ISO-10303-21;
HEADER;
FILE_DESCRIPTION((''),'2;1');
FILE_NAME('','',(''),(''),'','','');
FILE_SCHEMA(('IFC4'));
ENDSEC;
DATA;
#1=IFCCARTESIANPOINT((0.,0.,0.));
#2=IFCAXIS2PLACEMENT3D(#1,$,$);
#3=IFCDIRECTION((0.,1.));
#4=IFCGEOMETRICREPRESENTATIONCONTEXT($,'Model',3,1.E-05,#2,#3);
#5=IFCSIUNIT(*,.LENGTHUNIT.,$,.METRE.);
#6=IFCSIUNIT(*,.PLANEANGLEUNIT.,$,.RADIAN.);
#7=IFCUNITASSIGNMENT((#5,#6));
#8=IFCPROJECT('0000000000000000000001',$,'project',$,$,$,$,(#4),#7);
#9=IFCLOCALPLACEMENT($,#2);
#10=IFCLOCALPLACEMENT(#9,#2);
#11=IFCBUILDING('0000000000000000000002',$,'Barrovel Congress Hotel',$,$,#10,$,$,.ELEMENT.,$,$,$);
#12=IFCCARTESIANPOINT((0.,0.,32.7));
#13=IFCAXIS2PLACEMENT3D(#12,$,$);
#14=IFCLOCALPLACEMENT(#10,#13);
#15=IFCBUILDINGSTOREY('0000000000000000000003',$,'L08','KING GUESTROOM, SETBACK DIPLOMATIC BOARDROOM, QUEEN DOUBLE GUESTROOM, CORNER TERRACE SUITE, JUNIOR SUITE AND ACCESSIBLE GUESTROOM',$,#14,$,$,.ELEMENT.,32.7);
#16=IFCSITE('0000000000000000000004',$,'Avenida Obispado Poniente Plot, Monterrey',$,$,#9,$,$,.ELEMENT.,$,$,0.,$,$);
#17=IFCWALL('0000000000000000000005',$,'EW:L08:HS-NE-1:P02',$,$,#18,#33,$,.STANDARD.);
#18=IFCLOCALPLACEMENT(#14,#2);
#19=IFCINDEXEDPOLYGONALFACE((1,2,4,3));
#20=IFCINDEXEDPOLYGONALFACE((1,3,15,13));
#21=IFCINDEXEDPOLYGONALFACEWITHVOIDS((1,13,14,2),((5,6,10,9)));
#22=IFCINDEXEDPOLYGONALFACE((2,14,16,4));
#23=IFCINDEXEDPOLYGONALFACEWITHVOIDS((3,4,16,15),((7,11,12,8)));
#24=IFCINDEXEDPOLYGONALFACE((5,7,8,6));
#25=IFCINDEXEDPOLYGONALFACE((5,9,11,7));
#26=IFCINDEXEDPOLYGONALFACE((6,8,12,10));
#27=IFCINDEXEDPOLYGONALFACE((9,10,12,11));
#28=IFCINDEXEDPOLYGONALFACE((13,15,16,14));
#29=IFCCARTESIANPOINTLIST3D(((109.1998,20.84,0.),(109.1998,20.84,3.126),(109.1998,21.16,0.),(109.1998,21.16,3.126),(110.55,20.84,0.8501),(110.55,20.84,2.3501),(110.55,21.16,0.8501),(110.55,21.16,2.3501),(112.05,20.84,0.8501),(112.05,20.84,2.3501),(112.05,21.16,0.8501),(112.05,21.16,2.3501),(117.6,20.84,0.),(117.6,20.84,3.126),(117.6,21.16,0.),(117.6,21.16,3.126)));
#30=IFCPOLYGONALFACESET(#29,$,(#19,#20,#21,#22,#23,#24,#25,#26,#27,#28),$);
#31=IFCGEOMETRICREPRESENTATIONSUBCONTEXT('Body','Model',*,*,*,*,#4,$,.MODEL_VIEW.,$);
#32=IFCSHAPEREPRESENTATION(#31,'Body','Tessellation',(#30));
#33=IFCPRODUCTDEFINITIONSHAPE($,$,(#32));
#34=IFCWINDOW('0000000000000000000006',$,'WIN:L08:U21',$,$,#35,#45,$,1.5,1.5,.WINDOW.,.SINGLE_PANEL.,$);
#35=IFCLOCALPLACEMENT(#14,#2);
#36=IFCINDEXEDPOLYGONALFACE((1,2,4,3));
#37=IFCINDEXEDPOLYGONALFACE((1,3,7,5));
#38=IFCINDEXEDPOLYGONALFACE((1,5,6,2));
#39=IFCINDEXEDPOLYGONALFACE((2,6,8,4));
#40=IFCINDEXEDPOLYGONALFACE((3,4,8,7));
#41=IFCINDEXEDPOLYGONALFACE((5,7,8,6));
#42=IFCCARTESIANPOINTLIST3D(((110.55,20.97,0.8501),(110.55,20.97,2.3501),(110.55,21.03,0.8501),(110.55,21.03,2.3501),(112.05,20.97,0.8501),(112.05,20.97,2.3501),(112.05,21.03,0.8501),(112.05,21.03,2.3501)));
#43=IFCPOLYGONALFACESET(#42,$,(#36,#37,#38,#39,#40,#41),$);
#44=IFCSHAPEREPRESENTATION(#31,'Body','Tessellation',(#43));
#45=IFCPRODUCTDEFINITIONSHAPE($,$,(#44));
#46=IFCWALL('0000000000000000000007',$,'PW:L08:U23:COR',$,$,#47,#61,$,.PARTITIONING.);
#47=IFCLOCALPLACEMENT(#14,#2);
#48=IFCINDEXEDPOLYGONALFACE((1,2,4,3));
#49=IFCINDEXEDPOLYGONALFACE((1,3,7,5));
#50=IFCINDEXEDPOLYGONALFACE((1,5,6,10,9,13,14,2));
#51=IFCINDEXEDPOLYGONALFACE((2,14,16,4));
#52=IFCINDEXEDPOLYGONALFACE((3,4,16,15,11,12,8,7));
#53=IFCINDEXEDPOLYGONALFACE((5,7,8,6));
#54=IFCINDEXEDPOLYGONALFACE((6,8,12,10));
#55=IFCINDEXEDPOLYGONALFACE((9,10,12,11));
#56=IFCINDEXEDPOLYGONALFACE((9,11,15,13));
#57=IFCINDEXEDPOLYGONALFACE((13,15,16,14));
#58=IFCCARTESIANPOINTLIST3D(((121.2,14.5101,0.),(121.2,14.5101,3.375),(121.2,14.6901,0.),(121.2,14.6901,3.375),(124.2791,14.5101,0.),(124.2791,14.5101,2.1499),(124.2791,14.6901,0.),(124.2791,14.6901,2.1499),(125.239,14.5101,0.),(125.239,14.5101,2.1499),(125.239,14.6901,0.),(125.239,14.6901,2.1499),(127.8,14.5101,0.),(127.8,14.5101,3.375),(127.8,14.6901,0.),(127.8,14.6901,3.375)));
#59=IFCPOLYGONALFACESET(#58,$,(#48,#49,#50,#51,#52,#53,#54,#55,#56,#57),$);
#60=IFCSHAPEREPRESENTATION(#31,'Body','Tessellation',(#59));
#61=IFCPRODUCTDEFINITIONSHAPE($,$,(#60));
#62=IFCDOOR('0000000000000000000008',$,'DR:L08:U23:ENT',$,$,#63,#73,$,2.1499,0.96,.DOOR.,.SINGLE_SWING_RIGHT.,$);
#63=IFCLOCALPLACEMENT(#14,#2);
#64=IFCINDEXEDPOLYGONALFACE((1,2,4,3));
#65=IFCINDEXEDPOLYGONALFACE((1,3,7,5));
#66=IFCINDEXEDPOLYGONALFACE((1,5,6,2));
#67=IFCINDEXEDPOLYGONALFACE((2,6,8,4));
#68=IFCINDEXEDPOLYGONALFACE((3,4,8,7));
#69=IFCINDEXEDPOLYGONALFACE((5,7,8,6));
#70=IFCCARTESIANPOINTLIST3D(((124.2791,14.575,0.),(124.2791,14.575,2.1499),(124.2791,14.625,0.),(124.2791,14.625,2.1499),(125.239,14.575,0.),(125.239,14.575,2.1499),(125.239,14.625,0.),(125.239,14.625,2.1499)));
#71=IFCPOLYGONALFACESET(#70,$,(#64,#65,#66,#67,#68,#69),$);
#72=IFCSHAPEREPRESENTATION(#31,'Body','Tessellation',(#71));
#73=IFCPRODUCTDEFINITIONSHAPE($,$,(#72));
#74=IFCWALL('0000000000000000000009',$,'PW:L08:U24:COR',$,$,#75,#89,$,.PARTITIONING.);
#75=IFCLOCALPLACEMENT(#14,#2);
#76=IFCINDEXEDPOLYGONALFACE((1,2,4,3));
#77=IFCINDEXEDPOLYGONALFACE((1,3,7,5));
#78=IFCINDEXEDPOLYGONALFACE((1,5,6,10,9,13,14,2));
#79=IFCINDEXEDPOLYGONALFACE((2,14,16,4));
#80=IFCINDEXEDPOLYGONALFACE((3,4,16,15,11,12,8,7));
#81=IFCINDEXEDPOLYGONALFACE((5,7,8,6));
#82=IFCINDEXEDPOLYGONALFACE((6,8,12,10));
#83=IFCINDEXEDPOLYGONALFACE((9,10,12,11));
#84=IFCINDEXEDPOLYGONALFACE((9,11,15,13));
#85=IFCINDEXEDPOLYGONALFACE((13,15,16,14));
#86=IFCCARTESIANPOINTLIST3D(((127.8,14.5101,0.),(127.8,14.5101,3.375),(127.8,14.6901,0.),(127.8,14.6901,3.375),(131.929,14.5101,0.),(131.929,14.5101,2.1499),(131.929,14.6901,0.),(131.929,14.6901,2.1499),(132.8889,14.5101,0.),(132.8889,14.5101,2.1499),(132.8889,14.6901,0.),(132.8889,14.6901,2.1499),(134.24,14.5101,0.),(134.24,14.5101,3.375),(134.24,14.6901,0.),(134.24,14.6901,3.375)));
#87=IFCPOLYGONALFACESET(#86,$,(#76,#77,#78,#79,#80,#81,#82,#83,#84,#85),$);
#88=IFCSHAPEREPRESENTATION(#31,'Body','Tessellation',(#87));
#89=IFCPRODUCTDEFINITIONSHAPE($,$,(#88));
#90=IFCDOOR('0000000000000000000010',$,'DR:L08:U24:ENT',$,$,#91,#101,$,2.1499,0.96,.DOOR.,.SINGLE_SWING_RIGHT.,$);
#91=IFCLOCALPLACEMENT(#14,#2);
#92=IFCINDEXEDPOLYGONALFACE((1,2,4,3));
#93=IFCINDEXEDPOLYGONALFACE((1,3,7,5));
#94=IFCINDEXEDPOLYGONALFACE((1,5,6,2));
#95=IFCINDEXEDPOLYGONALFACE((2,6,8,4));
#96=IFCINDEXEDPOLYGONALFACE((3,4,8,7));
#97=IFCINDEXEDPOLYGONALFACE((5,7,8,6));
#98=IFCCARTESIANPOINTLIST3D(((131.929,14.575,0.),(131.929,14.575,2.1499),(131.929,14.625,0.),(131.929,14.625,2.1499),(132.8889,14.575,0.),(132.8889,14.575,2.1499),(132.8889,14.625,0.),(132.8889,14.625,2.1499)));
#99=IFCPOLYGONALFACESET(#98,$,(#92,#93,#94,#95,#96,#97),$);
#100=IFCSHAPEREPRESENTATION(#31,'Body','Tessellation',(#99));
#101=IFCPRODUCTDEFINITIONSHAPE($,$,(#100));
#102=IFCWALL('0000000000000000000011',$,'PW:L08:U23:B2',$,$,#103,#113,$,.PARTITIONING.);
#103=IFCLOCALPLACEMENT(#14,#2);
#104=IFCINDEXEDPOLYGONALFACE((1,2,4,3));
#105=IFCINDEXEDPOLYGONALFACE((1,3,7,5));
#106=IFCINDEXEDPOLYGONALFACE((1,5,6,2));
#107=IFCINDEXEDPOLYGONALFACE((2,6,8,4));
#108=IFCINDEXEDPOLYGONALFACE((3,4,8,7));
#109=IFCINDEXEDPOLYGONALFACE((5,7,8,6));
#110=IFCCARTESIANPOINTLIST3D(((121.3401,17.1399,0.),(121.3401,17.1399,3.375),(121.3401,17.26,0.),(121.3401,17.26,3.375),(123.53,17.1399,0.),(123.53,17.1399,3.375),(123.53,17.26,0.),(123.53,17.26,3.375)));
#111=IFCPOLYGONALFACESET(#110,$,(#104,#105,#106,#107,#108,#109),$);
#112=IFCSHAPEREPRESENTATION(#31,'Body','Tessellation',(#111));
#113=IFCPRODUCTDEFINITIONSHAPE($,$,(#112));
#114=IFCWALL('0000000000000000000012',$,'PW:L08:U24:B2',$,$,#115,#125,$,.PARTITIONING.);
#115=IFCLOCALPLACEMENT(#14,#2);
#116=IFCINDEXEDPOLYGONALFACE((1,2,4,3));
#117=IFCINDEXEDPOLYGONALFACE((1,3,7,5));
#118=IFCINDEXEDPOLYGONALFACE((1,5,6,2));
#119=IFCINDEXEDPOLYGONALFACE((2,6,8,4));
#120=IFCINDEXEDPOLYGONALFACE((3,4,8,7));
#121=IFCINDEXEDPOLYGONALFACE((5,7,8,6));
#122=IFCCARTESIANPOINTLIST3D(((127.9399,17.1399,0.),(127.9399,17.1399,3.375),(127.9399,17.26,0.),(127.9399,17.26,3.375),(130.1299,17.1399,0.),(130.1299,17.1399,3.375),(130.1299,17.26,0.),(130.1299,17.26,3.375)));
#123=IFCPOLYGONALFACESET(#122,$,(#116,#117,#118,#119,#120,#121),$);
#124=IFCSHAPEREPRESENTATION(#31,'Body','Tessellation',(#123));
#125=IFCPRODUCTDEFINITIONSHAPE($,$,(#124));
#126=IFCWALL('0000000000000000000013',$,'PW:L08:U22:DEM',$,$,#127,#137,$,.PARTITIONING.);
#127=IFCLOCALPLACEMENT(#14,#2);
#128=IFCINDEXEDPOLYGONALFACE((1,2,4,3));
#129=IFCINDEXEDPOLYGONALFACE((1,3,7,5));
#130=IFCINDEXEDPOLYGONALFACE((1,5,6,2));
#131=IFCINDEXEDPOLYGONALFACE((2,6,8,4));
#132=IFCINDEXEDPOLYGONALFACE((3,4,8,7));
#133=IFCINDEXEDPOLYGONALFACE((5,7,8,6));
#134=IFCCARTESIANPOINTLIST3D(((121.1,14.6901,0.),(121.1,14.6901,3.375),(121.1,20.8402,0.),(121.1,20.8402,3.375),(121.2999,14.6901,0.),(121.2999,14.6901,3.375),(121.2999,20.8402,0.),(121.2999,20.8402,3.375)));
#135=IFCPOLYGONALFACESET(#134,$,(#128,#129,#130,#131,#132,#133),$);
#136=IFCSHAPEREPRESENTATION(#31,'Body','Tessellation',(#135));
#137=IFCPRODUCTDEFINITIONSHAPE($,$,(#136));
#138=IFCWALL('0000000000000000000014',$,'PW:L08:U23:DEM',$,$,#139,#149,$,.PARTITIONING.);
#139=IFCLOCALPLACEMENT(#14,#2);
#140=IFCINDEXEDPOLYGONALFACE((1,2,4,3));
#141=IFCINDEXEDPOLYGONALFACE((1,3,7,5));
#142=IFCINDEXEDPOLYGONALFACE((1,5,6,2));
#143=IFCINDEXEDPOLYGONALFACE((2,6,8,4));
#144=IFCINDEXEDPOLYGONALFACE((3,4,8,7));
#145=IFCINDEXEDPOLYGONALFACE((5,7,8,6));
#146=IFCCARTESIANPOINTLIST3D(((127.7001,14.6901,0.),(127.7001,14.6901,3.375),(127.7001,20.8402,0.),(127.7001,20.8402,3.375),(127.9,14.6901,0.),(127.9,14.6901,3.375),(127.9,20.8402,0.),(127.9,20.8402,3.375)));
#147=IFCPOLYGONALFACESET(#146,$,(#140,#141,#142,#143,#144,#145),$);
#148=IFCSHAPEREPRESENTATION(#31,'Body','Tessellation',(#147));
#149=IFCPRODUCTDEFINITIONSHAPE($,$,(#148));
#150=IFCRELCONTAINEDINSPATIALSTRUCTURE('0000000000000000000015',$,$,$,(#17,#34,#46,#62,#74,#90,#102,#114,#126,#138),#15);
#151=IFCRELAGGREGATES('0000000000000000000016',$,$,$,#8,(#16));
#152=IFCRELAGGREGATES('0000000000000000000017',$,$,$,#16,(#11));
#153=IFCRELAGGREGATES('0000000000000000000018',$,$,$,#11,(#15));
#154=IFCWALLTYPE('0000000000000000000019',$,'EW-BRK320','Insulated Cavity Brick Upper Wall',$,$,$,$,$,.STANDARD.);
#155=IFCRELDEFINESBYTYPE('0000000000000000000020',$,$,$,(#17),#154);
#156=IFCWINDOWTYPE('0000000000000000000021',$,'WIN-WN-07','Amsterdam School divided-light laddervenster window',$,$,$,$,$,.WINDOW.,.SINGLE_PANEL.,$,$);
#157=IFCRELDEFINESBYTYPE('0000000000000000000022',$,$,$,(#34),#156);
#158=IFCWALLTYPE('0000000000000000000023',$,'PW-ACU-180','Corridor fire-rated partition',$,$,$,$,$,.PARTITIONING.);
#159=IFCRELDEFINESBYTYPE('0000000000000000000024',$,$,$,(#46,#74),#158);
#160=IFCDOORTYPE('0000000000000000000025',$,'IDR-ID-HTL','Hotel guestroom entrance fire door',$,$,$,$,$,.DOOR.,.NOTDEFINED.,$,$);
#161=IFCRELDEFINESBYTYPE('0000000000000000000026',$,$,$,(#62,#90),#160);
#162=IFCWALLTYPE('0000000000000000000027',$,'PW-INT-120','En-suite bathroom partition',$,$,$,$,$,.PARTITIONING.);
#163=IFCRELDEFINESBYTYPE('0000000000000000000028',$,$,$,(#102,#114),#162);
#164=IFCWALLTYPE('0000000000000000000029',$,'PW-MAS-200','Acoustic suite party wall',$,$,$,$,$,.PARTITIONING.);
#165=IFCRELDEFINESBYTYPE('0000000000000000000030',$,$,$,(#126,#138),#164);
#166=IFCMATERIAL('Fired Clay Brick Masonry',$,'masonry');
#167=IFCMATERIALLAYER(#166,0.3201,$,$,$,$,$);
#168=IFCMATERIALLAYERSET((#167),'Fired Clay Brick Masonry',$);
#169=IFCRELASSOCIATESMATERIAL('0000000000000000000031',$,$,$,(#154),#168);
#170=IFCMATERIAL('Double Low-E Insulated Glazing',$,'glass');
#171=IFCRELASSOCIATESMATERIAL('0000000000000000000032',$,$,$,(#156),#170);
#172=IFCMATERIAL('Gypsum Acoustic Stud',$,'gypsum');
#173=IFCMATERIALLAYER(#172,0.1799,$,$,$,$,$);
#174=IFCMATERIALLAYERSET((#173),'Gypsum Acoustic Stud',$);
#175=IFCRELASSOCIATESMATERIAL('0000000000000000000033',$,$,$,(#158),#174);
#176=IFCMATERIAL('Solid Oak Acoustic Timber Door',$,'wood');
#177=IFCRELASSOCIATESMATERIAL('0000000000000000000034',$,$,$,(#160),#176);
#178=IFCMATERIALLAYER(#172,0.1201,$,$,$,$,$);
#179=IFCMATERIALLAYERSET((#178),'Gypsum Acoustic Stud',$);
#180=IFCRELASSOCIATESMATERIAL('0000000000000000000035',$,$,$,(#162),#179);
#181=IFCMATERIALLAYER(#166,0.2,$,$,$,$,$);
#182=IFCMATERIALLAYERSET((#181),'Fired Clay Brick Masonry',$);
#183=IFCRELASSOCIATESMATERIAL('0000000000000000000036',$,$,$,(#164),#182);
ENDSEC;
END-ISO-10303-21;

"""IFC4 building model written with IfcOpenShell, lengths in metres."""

from ifc_helpers import new_model, si_unit, direction, frame, frame_2d, origin, place, context, subcontext, project, spatial, rectangle, extrude, material, layer, layer_set, type_object, element, fill, save


model = new_model("IFC4")

# Units and contexts
model_context = context("Model", 3, precision=1e-05, world=origin(), true_north=direction((0.0, 1.0)))
body_context = subcontext(model_context, "Body", "Model", "MODEL_VIEW")
ifc_project = project(units=[si_unit("LENGTHUNIT", "METRE"), si_unit("PLANEANGLEUNIT", "RADIAN")], contexts=[model_context])

# Site, building, storey
site_placement = place(None, origin())
site = spatial("IfcSite", under=ifc_project, at=site_placement, Name="Avenida Obispado Poniente Plot, Monterrey", CompositionType="ELEMENT", RefElevation=0.0)
building_placement = place(site_placement, origin())
building = spatial("IfcBuilding", under=site, at=building_placement, Name="Barrovel Congress Hotel", CompositionType="ELEMENT")
storey_placement = place(building_placement, frame((0.0, 0.0, 32.7)))
storey = spatial("IfcBuildingStorey", under=building, at=storey_placement, Name="L08", Description="KING GUESTROOM, SETBACK DIPLOMATIC BOARDROOM, QUEEN DOUBLE GUESTROOM, CORNER TERRACE SUITE, JUNIOR SUITE AND ACCESSIBLE GUESTROOM", CompositionType="ELEMENT", Elevation=32.7)

# Wall, opening, window
ifc_material_1 = material(Name="Fired Clay Brick Masonry", Category="masonry")
ifc_layer_1 = layer(ifc_material_1, 0.3201)
ifc_layer_set_1 = layer_set([ifc_layer_1], Name="Fired Clay Brick Masonry")
wall_type_1 = type_object("IfcWallType", Name="EW-BRK320", Description="Insulated Cavity Brick Upper Wall", PredefinedType="STANDARD", material=ifc_layer_set_1)
wall_1_placement = place(storey_placement, frame((117.6001, 21.0, 0.0), z_axis=(0.0, 0.0, 1.0), x_axis=(-1.0, 0.0, 0.0)))
wall_1 = element("IfcWall", 1, at=wall_1_placement, inside=storey, type_object=wall_type_1, Name="EW:L08:HS-NE-1:P02", PredefinedType="STANDARD", context=body_context, shape_type="SweptSolid", body=[
    extrude(rectangle(XDim=8.4001, YDim=0.3201, at=frame_2d((4.2002, 0.0))), origin(), (0.0, 0.0, 1.0), 3.126),
])
opening_1_placement = place(wall_1_placement, frame((5.55, 0.0, 0.8501)))
opening_1 = element("IfcOpeningElement", 2, at=opening_1_placement, cuts=wall_1, PredefinedType="OPENING", context=body_context, shape_type="SweptSolid", body=[
    extrude(rectangle(XDim=1.5, YDim=1.5, at=frame_2d((0.75, 0.75))), frame((0.0, 0.1699, 0.0), z_axis=(0.0, -1.0, 0.0), x_axis=(1.0, 0.0, 0.0)), (0.0, 0.0, 1.0), 0.3401),
])
ifc_material_2 = material(Name="Double Low-E Insulated Glazing", Category="glass")
window_type = type_object("IfcWindowType", Name="WIN-WN-07", Description="Amsterdam School divided-light laddervenster window", PartitioningType="SINGLE_PANEL", PredefinedType="WINDOW", material=ifc_material_2)
window_placement = place(opening_1_placement, origin())
window = element("IfcWindow", 3, at=window_placement, inside=storey, type_object=window_type, Name="WIN:L08:U21", OverallHeight=1.5, OverallWidth=1.5, PartitioningType="SINGLE_PANEL", PredefinedType="WINDOW", context=body_context, shape_type="SweptSolid", body=[
    extrude(rectangle(XDim=1.5, YDim=1.5, at=frame_2d((0.75, 0.75))), frame((0.0, 0.03, 0.0), z_axis=(0.0, -1.0, 0.0), x_axis=(1.0, 0.0, 0.0)), (0.0, 0.0, 1.0), 0.0601),
])
fill(opening_1, window)

# Walls, openings, doors
ifc_material_3 = material(Name="Gypsum Acoustic Stud", Category="gypsum")
ifc_layer_2 = layer(ifc_material_3, 0.1799)
ifc_layer_set_2 = layer_set([ifc_layer_2], Name="Gypsum Acoustic Stud")
wall_type_2 = type_object("IfcWallType", Name="PW-ACU-180", Description="Corridor fire-rated partition", PredefinedType="PARTITIONING", material=ifc_layer_set_2)
wall_2_placement = place(storey_placement, frame((121.2, 14.6001, 0.0), z_axis=(0.0, 0.0, 1.0), x_axis=(1.0, 0.0, 0.0)))
wall_2 = element("IfcWall", 4, at=wall_2_placement, inside=storey, type_object=wall_type_2, Name="PW:L08:U23:COR", PredefinedType="PARTITIONING", context=body_context, shape_type="SweptSolid", body=[
    extrude(rectangle(XDim=6.6001, YDim=0.1799, at=frame_2d((3.3, 0.0))), origin(), (0.0, 0.0, 1.0), 3.375),
])
opening_2_placement = place(wall_2_placement, frame((3.0791, 0.0, 0.0)))
opening_2 = element("IfcOpeningElement", 5, at=opening_2_placement, cuts=wall_2, PredefinedType="OPENING", context=body_context, shape_type="SweptSolid", body=[
    extrude(rectangle(XDim=0.96, YDim=2.1499, at=frame_2d((0.48, 1.075))), frame((0.0, 0.1001, 0.0), z_axis=(0.0, -1.0, 0.0), x_axis=(1.0, 0.0, 0.0)), (0.0, 0.0, 1.0), 0.2),
])
ifc_material_4 = material(Name="Solid Oak Acoustic Timber Door", Category="wood")
door_type_1 = type_object("IfcDoorType", Name="IDR-ID-HTL", Description="Hotel guestroom entrance fire door", OperationType="NOTDEFINED", PredefinedType="DOOR", material=ifc_material_4)
door_1_placement = place(opening_2_placement, origin())
door_1 = element("IfcDoor", 6, at=door_1_placement, inside=storey, type_object=door_type_1, Name="DR:L08:U23:ENT", OperationType="SINGLE_SWING_RIGHT", OverallHeight=2.1499, OverallWidth=0.96, PredefinedType="DOOR", context=body_context, shape_type="SweptSolid", body=[
    extrude(rectangle(XDim=0.96, YDim=2.1499, at=frame_2d((0.48, 1.075))), frame((0.0, 0.0249, 0.0), z_axis=(0.0, -1.0, 0.0), x_axis=(1.0, 0.0, 0.0)), (0.0, 0.0, 1.0), 0.05),
])
fill(opening_2, door_1)
wall_3_placement = place(storey_placement, frame((127.8, 14.6001, 0.0), z_axis=(0.0, 0.0, 1.0), x_axis=(1.0, 0.0, 0.0)))
wall_3 = element("IfcWall", 7, at=wall_3_placement, inside=storey, type_object=wall_type_2, Name="PW:L08:U24:COR", PredefinedType="PARTITIONING", context=body_context, shape_type="SweptSolid", body=[
    extrude(rectangle(XDim=6.4399, YDim=0.1799, at=frame_2d((3.22, 0.0))), origin(), (0.0, 0.0, 1.0), 3.375),
])
opening_3_placement = place(wall_3_placement, frame((4.1289, 0.0, 0.0)))
opening_3 = element("IfcOpeningElement", 8, at=opening_3_placement, cuts=wall_3, PredefinedType="OPENING", context=body_context, shape_type="SweptSolid", body=[
    extrude(rectangle(XDim=0.96, YDim=2.1499, at=frame_2d((0.48, 1.075))), frame((0.0, 0.1001, 0.0), z_axis=(0.0, -1.0, 0.0), x_axis=(1.0, 0.0, 0.0)), (0.0, 0.0, 1.0), 0.2),
])
door_2_placement = place(opening_3_placement, origin())
door_2 = element("IfcDoor", 9, at=door_2_placement, inside=storey, type_object=door_type_1, Name="DR:L08:U24:ENT", OperationType="SINGLE_SWING_RIGHT", OverallHeight=2.1499, OverallWidth=0.96, PredefinedType="DOOR", context=body_context, shape_type="SweptSolid", body=[
    extrude(rectangle(XDim=0.96, YDim=2.1499, at=frame_2d((0.48, 1.075))), frame((0.0, 0.0249, 0.0), z_axis=(0.0, -1.0, 0.0), x_axis=(1.0, 0.0, 0.0)), (0.0, 0.0, 1.0), 0.05),
])
fill(opening_3, door_2)

# Walls
ifc_layer_3 = layer(ifc_material_3, 0.1201)
ifc_layer_set_3 = layer_set([ifc_layer_3], Name="Gypsum Acoustic Stud")
wall_type_3 = type_object("IfcWallType", Name="PW-INT-120", Description="En-suite bathroom partition", PredefinedType="PARTITIONING", material=ifc_layer_set_3)
for number, where, z_axis, x_axis, name in (
    (10, (121.3401, 17.2, 0.0), (0.0, 0.0, 1.0), (1.0, 0.0, 0.0), "PW:L08:U23:B2"),
    (11, (127.9399, 17.2, 0.0), (0.0, 0.0, 1.0), (1.0, 0.0, 0.0), "PW:L08:U24:B2"),
):
    element("IfcWall", number, at=place(storey_placement, frame(where, z_axis=z_axis, x_axis=x_axis)), inside=storey, type_object=wall_type_3, Name=name, PredefinedType="PARTITIONING", context=body_context, shape_type="SweptSolid", body=[
        extrude(rectangle(XDim=2.1899, YDim=0.1201, at=frame_2d((1.095, 0.0))), origin(), (0.0, 0.0, 1.0), 3.375),
    ])
ifc_layer_4 = layer(ifc_material_1, 0.2)
ifc_layer_set_4 = layer_set([ifc_layer_4], Name="Fired Clay Brick Masonry")
wall_type_4 = type_object("IfcWallType", Name="PW-MAS-200", Description="Acoustic suite party wall", PredefinedType="PARTITIONING", material=ifc_layer_set_4)
for number, where, z_axis, x_axis, name in (
    (12, (121.2, 14.6899, 0.0), (0.0, 0.0, 1.0), (0.0, 1.0, 0.0), "PW:L08:U22:DEM"),
    (13, (127.8, 14.6899, 0.0), (0.0, 0.0, 1.0), (0.0, 1.0, 0.0), "PW:L08:U23:DEM"),
):
    element("IfcWall", number, at=place(storey_placement, frame(where, z_axis=z_axis, x_axis=x_axis)), inside=storey, type_object=wall_type_4, Name=name, PredefinedType="PARTITIONING", context=body_context, shape_type="SweptSolid", body=[
        extrude(rectangle(XDim=6.1501, YDim=0.2, at=frame_2d((3.0752, 0.0))), origin(), (0.0, 0.0, 1.0), 3.375),
    ])

save(model, "model.ifc")
